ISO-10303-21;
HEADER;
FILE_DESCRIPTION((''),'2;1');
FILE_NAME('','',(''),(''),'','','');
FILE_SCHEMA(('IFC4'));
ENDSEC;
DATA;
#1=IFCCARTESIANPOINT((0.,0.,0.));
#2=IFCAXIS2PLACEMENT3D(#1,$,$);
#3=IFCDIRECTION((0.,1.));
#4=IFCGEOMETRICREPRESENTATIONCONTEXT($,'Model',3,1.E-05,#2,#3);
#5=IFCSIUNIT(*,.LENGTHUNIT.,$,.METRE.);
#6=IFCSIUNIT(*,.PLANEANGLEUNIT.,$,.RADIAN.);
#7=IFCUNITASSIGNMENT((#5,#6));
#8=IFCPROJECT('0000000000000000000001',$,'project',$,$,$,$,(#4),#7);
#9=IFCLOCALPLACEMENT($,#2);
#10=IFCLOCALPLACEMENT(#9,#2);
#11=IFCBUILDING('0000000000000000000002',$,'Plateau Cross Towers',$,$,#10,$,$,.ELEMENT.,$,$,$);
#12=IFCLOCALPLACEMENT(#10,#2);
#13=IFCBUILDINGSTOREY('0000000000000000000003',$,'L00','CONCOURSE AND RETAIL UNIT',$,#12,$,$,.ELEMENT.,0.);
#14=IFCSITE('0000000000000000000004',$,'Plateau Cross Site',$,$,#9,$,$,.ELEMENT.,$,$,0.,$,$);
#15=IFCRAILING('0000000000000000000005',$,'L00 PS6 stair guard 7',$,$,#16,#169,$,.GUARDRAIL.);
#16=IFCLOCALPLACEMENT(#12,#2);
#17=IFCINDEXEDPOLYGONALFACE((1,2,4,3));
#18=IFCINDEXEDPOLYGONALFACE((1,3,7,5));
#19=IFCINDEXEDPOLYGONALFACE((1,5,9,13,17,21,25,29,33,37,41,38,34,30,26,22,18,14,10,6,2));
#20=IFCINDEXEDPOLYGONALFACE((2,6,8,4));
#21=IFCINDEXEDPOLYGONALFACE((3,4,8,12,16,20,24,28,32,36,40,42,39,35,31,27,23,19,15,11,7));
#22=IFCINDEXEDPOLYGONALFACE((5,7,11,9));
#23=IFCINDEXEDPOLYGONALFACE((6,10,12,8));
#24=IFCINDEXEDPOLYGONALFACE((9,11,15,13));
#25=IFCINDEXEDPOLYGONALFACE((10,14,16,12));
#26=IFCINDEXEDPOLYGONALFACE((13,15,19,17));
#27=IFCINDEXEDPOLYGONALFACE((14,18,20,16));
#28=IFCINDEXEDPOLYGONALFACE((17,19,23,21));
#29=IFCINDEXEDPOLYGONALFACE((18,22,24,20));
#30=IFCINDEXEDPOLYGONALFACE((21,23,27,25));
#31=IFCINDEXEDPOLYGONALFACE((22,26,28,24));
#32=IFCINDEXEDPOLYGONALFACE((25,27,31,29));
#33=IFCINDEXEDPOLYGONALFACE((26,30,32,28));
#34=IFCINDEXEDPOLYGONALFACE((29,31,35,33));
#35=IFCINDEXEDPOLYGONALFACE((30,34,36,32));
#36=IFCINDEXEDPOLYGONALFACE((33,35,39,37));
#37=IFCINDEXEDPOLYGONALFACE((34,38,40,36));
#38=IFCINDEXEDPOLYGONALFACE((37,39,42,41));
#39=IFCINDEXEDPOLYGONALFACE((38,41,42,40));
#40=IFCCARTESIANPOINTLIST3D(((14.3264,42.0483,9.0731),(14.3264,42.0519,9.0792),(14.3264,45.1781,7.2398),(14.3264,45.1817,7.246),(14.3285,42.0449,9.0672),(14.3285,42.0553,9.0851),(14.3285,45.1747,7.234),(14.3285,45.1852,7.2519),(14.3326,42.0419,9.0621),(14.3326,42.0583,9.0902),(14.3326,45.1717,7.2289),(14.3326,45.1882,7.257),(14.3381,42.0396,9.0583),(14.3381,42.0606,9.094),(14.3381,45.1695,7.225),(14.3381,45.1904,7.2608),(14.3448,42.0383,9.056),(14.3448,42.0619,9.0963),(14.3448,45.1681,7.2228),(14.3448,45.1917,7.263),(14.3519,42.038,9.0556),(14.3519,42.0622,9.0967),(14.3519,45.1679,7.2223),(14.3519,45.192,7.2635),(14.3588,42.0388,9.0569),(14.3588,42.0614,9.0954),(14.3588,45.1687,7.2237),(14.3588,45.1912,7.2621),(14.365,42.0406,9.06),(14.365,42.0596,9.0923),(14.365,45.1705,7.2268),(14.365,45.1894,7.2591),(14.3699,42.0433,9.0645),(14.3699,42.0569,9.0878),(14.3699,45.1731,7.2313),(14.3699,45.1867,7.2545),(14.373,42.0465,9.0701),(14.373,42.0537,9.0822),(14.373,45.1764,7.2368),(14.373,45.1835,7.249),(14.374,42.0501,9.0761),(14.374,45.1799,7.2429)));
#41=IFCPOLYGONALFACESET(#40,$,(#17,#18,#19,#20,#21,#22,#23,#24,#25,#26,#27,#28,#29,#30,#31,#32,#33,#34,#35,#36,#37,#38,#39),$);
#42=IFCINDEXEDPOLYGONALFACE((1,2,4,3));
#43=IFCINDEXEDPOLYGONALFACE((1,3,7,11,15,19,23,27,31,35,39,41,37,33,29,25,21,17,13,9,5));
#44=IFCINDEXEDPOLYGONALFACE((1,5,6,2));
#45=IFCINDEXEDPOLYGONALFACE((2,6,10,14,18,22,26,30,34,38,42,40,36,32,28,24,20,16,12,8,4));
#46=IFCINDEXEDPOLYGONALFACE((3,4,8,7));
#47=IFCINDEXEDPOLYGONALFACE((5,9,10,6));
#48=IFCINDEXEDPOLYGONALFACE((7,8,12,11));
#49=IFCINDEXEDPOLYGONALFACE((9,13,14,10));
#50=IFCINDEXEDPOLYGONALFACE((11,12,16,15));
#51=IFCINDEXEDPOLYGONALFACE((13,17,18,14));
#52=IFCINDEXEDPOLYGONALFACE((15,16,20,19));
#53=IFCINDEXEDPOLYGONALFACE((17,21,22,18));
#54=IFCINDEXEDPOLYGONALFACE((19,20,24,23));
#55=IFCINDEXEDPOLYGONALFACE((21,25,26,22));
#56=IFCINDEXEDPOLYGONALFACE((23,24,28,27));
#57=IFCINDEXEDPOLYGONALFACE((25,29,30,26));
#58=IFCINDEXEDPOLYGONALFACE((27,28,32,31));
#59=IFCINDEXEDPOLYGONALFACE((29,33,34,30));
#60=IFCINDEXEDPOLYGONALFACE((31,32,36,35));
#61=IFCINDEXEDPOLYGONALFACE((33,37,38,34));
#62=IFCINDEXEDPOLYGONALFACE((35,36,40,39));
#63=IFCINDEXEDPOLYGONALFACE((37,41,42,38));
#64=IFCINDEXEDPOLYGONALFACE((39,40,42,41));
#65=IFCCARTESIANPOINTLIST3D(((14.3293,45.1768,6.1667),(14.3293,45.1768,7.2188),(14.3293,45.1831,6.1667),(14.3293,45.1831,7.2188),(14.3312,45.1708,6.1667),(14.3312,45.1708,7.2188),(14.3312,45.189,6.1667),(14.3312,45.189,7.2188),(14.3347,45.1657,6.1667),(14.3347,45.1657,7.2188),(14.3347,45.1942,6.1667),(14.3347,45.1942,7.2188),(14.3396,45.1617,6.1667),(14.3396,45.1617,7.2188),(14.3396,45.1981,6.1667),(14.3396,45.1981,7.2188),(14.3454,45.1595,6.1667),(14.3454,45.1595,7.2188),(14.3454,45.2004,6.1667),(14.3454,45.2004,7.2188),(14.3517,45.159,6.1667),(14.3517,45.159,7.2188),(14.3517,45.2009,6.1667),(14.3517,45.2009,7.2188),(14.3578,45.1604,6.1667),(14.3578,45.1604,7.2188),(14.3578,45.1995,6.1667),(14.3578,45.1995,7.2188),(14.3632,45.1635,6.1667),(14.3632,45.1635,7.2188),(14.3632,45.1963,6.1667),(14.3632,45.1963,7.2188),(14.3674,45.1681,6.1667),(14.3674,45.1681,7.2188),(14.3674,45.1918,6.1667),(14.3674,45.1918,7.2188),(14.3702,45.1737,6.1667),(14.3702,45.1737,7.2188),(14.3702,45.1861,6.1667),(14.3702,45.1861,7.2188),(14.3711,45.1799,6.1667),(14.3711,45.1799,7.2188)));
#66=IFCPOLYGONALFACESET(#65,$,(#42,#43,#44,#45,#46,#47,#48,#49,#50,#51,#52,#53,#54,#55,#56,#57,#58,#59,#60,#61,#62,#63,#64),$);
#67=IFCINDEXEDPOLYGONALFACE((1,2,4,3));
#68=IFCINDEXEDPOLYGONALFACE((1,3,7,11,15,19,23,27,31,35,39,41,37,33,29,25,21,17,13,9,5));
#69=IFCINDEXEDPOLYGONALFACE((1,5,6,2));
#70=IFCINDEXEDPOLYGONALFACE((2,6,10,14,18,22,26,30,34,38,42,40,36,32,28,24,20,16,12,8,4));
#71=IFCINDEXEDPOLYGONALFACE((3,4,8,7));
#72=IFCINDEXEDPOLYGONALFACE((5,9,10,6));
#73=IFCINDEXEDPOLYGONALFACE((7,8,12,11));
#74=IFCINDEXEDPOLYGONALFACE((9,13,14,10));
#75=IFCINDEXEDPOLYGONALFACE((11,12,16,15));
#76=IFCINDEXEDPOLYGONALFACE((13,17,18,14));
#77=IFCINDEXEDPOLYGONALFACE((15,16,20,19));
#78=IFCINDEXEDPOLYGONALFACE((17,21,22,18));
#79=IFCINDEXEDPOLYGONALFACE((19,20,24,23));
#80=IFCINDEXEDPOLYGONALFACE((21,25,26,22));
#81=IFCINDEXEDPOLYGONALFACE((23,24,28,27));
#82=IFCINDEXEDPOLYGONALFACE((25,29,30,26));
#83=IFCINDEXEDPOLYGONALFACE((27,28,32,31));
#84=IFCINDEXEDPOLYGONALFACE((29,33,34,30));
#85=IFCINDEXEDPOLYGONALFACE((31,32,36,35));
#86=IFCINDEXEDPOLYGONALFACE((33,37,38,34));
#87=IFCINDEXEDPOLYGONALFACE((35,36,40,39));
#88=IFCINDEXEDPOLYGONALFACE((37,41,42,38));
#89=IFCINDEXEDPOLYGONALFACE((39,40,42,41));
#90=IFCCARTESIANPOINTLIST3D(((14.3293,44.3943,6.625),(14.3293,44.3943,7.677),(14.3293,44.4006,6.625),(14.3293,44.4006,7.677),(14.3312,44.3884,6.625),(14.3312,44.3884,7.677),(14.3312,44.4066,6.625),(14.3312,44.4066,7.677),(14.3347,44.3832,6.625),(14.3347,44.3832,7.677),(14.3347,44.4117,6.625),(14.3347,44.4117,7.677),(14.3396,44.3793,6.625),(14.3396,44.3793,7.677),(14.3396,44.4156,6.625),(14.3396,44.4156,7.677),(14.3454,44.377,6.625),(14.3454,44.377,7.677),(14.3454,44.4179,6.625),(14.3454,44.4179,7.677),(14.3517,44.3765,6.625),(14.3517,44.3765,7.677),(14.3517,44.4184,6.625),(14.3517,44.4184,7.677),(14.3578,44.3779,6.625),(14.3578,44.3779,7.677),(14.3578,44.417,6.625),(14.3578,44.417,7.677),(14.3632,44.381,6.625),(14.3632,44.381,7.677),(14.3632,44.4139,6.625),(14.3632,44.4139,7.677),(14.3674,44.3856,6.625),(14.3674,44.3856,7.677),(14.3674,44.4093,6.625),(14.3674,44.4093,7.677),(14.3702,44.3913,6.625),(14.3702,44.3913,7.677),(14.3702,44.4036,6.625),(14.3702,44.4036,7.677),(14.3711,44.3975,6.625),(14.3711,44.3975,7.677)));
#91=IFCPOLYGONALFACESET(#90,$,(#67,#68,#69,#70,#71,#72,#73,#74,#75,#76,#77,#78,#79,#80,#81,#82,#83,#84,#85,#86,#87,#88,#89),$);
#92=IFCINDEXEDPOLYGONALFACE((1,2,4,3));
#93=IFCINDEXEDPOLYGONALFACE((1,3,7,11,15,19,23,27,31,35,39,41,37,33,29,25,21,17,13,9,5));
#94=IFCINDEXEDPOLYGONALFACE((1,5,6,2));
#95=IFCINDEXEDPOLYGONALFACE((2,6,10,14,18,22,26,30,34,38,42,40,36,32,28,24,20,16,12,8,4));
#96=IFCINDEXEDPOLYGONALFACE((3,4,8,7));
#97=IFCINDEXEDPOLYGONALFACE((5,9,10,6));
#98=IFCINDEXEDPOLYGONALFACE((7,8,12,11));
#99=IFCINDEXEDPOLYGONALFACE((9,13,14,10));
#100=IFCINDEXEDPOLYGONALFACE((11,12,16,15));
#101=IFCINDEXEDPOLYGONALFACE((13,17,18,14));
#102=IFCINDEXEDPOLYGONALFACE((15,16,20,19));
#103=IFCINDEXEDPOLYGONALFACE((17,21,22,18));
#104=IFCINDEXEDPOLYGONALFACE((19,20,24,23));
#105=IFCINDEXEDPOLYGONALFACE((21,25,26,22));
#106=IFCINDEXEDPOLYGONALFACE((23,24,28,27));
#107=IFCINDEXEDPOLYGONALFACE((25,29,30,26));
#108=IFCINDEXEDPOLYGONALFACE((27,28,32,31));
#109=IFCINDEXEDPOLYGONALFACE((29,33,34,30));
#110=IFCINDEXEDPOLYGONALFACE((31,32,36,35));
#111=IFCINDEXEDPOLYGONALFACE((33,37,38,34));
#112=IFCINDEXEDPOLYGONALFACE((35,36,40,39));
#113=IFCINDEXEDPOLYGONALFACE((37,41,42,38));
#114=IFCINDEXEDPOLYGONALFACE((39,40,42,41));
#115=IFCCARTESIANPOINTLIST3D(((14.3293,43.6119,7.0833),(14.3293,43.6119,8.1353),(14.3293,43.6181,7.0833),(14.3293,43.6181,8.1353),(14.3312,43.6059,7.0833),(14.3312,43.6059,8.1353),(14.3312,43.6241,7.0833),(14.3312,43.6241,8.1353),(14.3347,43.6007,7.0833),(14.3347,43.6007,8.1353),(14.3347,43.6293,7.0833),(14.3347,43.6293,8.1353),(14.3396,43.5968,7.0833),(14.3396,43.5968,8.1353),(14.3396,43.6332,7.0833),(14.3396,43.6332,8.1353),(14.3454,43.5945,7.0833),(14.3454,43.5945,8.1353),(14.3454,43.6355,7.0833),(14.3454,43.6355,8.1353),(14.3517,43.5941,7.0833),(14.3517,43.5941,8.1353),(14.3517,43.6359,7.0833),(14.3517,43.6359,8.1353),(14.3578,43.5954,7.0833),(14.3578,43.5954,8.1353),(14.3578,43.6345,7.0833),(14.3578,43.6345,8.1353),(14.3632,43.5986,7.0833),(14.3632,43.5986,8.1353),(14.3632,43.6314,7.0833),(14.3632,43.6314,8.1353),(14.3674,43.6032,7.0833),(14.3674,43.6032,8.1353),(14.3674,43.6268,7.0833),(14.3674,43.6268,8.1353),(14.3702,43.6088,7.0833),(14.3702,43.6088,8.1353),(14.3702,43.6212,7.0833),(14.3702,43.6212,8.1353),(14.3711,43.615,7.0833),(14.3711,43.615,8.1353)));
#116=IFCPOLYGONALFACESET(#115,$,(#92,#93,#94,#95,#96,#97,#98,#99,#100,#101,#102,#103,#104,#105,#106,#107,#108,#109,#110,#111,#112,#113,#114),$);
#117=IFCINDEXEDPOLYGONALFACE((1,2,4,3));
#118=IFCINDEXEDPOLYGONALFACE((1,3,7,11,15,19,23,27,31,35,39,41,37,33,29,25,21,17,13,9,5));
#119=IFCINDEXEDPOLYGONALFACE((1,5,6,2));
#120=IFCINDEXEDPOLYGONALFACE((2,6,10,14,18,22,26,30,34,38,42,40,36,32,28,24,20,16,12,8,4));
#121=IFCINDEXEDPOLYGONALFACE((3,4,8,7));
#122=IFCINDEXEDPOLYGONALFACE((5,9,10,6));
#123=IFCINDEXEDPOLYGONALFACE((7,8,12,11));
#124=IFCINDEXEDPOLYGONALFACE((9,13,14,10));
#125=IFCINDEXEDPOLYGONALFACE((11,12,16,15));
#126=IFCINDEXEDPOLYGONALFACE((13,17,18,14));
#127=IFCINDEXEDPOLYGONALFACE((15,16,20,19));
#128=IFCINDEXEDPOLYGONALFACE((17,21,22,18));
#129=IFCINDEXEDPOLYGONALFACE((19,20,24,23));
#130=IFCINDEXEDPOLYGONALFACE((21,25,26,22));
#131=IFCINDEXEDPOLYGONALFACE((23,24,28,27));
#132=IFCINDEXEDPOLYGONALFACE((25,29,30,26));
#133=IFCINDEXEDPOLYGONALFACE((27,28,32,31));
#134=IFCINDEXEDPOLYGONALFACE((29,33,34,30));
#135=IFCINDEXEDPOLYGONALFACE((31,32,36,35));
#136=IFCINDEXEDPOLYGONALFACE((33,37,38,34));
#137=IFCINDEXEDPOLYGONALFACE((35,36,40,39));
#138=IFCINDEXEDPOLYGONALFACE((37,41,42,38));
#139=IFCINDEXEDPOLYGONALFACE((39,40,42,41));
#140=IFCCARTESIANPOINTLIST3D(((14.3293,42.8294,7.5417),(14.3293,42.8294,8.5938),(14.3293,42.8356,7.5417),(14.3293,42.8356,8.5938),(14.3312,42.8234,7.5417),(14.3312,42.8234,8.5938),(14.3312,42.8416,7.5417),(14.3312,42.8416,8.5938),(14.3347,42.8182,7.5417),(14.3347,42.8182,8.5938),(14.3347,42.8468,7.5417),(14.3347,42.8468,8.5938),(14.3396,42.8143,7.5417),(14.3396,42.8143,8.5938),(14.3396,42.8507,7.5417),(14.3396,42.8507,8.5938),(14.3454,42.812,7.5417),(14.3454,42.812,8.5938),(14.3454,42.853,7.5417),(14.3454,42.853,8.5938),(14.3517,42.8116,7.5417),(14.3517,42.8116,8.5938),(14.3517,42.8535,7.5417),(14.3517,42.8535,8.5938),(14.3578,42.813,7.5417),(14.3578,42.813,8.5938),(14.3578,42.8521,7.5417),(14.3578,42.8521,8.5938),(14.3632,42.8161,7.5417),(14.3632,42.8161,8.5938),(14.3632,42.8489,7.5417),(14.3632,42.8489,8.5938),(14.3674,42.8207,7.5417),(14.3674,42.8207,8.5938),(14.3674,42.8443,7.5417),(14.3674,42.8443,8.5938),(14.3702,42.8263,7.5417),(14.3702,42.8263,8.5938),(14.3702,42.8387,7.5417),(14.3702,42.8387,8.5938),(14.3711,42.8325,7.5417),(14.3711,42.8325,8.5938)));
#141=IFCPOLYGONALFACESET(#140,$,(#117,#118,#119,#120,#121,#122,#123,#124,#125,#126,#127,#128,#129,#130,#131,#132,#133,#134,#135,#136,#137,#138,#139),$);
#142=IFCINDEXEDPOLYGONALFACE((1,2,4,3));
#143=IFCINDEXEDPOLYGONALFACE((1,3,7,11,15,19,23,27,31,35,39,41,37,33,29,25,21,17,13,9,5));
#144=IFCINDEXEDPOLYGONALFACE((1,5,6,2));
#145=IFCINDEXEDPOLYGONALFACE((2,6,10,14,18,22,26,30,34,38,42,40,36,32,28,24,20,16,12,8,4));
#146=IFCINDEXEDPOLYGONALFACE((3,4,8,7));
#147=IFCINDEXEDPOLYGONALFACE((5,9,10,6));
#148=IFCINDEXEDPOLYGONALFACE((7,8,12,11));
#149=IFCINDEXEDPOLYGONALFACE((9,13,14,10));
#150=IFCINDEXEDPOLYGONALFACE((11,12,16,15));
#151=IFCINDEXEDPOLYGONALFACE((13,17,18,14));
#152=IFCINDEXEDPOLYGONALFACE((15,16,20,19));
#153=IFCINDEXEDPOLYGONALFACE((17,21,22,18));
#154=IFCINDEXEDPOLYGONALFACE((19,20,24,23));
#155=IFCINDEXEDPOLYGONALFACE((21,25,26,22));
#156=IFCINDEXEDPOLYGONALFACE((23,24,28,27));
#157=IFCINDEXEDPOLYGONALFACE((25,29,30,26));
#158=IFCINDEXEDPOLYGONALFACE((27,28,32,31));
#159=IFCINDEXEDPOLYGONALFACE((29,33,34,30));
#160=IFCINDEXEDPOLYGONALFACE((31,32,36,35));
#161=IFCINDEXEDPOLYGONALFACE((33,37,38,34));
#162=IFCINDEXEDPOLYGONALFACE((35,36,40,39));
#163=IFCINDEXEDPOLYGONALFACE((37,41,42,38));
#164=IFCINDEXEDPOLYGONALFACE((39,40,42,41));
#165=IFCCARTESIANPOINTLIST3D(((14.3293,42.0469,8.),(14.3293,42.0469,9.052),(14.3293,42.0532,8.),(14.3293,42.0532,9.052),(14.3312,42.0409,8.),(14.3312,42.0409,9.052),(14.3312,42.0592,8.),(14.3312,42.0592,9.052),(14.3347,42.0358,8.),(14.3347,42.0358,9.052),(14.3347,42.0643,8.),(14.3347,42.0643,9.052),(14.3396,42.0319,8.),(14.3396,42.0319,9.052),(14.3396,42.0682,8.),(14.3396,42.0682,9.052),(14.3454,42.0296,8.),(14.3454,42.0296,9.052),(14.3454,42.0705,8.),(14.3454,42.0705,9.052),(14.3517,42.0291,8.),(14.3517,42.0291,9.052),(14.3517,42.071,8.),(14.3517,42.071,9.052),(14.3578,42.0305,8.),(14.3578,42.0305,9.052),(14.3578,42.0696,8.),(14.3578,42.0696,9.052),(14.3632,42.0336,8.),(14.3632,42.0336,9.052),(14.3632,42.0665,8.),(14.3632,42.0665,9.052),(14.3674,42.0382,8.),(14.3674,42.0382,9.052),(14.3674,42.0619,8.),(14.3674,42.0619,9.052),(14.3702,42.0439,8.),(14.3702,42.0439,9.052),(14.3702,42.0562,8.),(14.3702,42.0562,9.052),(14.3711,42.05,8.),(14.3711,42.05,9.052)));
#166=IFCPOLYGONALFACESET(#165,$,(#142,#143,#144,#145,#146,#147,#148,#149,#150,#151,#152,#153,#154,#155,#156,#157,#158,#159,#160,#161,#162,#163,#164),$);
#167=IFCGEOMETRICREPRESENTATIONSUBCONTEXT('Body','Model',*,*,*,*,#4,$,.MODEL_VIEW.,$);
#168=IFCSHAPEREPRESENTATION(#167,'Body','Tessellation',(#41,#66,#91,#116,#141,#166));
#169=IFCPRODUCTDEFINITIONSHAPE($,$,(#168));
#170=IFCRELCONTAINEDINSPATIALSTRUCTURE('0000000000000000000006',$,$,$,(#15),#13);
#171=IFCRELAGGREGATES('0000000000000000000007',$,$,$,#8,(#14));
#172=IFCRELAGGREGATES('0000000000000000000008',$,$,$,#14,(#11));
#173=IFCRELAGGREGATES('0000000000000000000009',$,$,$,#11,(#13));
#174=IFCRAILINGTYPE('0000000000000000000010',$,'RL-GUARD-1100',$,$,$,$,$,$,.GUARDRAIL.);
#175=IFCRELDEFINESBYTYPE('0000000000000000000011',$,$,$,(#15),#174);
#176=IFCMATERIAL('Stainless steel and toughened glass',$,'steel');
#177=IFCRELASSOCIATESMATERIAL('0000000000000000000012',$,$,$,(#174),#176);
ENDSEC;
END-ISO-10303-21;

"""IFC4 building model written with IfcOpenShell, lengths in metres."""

from ifc_helpers import new_model, si_unit, direction, frame, origin, origin_2d, place, context, subcontext, project, spatial, circle, extrude, material, type_object, element, save


model = new_model("IFC4")

# Units and contexts
model_context = context("Model", 3, precision=1e-05, world=origin(), true_north=direction((0.0, 1.0)))
body_context = subcontext(model_context, "Body", "Model", "MODEL_VIEW")
ifc_project = project(units=[si_unit("LENGTHUNIT", "METRE"), si_unit("PLANEANGLEUNIT", "RADIAN")], contexts=[model_context])

# Site, building, storey
site_placement = place(None, origin())
site = spatial("IfcSite", under=ifc_project, at=site_placement, Name="Plateau Cross Site", CompositionType="ELEMENT", RefElevation=0.0)
building_placement = place(site_placement, origin())
building = spatial("IfcBuilding", under=site, at=building_placement, Name="Plateau Cross Towers", CompositionType="ELEMENT")
storey_placement = place(building_placement, origin())
storey = spatial("IfcBuildingStorey", under=building, at=storey_placement, Name="L00", Description="CONCOURSE AND RETAIL UNIT", CompositionType="ELEMENT", Elevation=0.0)

# Railing
ifc_material_1 = material(Name="Stainless steel and toughened glass", Category="steel")
railing_type_1 = type_object("IfcRailingType", Name="RL-GUARD-1100", PredefinedType="GUARDRAIL", material=ifc_material_1)
railing_1_placement = place(storey_placement, frame((14.3501, 45.1799, 6.1667)))
element("IfcRailing", 1, at=railing_1_placement, inside=storey, type_object=railing_type_1, Name="L00 PS6 stair guard 7", PredefinedType="GUARDRAIL", context=body_context, shape_type="SweptSolid", body=[
    extrude(circle(Radius=0.0239, at=origin_2d()), frame((0.0, 0.0, 1.0762), z_axis=(0.0, -0.862879, 0.50541), x_axis=(1.0, 0.0, 0.0)), (0.0, 0.0, 1.0), 3.6272),
    extrude(circle(Radius=0.021, at=origin_2d()), origin(), (0.0, 0.0, 1.0), 1.052),
    extrude(circle(Radius=0.021, at=origin_2d()), frame((0.0, -0.7825, 0.4583)), (0.0, 0.0, 1.0), 1.052),
    extrude(circle(Radius=0.021, at=origin_2d()), frame((0.0, -1.5649, 0.9165)), (0.0, 0.0, 1.0), 1.052),
    extrude(circle(Radius=0.021, at=origin_2d()), frame((0.0, -2.3474, 1.375)), (0.0, 0.0, 1.0), 1.052),
    extrude(circle(Radius=0.021, at=origin_2d()), frame((0.0, -3.1299, 1.8333)), (0.0, 0.0, 1.0), 1.052),
])

save(model, "model.ifc")
